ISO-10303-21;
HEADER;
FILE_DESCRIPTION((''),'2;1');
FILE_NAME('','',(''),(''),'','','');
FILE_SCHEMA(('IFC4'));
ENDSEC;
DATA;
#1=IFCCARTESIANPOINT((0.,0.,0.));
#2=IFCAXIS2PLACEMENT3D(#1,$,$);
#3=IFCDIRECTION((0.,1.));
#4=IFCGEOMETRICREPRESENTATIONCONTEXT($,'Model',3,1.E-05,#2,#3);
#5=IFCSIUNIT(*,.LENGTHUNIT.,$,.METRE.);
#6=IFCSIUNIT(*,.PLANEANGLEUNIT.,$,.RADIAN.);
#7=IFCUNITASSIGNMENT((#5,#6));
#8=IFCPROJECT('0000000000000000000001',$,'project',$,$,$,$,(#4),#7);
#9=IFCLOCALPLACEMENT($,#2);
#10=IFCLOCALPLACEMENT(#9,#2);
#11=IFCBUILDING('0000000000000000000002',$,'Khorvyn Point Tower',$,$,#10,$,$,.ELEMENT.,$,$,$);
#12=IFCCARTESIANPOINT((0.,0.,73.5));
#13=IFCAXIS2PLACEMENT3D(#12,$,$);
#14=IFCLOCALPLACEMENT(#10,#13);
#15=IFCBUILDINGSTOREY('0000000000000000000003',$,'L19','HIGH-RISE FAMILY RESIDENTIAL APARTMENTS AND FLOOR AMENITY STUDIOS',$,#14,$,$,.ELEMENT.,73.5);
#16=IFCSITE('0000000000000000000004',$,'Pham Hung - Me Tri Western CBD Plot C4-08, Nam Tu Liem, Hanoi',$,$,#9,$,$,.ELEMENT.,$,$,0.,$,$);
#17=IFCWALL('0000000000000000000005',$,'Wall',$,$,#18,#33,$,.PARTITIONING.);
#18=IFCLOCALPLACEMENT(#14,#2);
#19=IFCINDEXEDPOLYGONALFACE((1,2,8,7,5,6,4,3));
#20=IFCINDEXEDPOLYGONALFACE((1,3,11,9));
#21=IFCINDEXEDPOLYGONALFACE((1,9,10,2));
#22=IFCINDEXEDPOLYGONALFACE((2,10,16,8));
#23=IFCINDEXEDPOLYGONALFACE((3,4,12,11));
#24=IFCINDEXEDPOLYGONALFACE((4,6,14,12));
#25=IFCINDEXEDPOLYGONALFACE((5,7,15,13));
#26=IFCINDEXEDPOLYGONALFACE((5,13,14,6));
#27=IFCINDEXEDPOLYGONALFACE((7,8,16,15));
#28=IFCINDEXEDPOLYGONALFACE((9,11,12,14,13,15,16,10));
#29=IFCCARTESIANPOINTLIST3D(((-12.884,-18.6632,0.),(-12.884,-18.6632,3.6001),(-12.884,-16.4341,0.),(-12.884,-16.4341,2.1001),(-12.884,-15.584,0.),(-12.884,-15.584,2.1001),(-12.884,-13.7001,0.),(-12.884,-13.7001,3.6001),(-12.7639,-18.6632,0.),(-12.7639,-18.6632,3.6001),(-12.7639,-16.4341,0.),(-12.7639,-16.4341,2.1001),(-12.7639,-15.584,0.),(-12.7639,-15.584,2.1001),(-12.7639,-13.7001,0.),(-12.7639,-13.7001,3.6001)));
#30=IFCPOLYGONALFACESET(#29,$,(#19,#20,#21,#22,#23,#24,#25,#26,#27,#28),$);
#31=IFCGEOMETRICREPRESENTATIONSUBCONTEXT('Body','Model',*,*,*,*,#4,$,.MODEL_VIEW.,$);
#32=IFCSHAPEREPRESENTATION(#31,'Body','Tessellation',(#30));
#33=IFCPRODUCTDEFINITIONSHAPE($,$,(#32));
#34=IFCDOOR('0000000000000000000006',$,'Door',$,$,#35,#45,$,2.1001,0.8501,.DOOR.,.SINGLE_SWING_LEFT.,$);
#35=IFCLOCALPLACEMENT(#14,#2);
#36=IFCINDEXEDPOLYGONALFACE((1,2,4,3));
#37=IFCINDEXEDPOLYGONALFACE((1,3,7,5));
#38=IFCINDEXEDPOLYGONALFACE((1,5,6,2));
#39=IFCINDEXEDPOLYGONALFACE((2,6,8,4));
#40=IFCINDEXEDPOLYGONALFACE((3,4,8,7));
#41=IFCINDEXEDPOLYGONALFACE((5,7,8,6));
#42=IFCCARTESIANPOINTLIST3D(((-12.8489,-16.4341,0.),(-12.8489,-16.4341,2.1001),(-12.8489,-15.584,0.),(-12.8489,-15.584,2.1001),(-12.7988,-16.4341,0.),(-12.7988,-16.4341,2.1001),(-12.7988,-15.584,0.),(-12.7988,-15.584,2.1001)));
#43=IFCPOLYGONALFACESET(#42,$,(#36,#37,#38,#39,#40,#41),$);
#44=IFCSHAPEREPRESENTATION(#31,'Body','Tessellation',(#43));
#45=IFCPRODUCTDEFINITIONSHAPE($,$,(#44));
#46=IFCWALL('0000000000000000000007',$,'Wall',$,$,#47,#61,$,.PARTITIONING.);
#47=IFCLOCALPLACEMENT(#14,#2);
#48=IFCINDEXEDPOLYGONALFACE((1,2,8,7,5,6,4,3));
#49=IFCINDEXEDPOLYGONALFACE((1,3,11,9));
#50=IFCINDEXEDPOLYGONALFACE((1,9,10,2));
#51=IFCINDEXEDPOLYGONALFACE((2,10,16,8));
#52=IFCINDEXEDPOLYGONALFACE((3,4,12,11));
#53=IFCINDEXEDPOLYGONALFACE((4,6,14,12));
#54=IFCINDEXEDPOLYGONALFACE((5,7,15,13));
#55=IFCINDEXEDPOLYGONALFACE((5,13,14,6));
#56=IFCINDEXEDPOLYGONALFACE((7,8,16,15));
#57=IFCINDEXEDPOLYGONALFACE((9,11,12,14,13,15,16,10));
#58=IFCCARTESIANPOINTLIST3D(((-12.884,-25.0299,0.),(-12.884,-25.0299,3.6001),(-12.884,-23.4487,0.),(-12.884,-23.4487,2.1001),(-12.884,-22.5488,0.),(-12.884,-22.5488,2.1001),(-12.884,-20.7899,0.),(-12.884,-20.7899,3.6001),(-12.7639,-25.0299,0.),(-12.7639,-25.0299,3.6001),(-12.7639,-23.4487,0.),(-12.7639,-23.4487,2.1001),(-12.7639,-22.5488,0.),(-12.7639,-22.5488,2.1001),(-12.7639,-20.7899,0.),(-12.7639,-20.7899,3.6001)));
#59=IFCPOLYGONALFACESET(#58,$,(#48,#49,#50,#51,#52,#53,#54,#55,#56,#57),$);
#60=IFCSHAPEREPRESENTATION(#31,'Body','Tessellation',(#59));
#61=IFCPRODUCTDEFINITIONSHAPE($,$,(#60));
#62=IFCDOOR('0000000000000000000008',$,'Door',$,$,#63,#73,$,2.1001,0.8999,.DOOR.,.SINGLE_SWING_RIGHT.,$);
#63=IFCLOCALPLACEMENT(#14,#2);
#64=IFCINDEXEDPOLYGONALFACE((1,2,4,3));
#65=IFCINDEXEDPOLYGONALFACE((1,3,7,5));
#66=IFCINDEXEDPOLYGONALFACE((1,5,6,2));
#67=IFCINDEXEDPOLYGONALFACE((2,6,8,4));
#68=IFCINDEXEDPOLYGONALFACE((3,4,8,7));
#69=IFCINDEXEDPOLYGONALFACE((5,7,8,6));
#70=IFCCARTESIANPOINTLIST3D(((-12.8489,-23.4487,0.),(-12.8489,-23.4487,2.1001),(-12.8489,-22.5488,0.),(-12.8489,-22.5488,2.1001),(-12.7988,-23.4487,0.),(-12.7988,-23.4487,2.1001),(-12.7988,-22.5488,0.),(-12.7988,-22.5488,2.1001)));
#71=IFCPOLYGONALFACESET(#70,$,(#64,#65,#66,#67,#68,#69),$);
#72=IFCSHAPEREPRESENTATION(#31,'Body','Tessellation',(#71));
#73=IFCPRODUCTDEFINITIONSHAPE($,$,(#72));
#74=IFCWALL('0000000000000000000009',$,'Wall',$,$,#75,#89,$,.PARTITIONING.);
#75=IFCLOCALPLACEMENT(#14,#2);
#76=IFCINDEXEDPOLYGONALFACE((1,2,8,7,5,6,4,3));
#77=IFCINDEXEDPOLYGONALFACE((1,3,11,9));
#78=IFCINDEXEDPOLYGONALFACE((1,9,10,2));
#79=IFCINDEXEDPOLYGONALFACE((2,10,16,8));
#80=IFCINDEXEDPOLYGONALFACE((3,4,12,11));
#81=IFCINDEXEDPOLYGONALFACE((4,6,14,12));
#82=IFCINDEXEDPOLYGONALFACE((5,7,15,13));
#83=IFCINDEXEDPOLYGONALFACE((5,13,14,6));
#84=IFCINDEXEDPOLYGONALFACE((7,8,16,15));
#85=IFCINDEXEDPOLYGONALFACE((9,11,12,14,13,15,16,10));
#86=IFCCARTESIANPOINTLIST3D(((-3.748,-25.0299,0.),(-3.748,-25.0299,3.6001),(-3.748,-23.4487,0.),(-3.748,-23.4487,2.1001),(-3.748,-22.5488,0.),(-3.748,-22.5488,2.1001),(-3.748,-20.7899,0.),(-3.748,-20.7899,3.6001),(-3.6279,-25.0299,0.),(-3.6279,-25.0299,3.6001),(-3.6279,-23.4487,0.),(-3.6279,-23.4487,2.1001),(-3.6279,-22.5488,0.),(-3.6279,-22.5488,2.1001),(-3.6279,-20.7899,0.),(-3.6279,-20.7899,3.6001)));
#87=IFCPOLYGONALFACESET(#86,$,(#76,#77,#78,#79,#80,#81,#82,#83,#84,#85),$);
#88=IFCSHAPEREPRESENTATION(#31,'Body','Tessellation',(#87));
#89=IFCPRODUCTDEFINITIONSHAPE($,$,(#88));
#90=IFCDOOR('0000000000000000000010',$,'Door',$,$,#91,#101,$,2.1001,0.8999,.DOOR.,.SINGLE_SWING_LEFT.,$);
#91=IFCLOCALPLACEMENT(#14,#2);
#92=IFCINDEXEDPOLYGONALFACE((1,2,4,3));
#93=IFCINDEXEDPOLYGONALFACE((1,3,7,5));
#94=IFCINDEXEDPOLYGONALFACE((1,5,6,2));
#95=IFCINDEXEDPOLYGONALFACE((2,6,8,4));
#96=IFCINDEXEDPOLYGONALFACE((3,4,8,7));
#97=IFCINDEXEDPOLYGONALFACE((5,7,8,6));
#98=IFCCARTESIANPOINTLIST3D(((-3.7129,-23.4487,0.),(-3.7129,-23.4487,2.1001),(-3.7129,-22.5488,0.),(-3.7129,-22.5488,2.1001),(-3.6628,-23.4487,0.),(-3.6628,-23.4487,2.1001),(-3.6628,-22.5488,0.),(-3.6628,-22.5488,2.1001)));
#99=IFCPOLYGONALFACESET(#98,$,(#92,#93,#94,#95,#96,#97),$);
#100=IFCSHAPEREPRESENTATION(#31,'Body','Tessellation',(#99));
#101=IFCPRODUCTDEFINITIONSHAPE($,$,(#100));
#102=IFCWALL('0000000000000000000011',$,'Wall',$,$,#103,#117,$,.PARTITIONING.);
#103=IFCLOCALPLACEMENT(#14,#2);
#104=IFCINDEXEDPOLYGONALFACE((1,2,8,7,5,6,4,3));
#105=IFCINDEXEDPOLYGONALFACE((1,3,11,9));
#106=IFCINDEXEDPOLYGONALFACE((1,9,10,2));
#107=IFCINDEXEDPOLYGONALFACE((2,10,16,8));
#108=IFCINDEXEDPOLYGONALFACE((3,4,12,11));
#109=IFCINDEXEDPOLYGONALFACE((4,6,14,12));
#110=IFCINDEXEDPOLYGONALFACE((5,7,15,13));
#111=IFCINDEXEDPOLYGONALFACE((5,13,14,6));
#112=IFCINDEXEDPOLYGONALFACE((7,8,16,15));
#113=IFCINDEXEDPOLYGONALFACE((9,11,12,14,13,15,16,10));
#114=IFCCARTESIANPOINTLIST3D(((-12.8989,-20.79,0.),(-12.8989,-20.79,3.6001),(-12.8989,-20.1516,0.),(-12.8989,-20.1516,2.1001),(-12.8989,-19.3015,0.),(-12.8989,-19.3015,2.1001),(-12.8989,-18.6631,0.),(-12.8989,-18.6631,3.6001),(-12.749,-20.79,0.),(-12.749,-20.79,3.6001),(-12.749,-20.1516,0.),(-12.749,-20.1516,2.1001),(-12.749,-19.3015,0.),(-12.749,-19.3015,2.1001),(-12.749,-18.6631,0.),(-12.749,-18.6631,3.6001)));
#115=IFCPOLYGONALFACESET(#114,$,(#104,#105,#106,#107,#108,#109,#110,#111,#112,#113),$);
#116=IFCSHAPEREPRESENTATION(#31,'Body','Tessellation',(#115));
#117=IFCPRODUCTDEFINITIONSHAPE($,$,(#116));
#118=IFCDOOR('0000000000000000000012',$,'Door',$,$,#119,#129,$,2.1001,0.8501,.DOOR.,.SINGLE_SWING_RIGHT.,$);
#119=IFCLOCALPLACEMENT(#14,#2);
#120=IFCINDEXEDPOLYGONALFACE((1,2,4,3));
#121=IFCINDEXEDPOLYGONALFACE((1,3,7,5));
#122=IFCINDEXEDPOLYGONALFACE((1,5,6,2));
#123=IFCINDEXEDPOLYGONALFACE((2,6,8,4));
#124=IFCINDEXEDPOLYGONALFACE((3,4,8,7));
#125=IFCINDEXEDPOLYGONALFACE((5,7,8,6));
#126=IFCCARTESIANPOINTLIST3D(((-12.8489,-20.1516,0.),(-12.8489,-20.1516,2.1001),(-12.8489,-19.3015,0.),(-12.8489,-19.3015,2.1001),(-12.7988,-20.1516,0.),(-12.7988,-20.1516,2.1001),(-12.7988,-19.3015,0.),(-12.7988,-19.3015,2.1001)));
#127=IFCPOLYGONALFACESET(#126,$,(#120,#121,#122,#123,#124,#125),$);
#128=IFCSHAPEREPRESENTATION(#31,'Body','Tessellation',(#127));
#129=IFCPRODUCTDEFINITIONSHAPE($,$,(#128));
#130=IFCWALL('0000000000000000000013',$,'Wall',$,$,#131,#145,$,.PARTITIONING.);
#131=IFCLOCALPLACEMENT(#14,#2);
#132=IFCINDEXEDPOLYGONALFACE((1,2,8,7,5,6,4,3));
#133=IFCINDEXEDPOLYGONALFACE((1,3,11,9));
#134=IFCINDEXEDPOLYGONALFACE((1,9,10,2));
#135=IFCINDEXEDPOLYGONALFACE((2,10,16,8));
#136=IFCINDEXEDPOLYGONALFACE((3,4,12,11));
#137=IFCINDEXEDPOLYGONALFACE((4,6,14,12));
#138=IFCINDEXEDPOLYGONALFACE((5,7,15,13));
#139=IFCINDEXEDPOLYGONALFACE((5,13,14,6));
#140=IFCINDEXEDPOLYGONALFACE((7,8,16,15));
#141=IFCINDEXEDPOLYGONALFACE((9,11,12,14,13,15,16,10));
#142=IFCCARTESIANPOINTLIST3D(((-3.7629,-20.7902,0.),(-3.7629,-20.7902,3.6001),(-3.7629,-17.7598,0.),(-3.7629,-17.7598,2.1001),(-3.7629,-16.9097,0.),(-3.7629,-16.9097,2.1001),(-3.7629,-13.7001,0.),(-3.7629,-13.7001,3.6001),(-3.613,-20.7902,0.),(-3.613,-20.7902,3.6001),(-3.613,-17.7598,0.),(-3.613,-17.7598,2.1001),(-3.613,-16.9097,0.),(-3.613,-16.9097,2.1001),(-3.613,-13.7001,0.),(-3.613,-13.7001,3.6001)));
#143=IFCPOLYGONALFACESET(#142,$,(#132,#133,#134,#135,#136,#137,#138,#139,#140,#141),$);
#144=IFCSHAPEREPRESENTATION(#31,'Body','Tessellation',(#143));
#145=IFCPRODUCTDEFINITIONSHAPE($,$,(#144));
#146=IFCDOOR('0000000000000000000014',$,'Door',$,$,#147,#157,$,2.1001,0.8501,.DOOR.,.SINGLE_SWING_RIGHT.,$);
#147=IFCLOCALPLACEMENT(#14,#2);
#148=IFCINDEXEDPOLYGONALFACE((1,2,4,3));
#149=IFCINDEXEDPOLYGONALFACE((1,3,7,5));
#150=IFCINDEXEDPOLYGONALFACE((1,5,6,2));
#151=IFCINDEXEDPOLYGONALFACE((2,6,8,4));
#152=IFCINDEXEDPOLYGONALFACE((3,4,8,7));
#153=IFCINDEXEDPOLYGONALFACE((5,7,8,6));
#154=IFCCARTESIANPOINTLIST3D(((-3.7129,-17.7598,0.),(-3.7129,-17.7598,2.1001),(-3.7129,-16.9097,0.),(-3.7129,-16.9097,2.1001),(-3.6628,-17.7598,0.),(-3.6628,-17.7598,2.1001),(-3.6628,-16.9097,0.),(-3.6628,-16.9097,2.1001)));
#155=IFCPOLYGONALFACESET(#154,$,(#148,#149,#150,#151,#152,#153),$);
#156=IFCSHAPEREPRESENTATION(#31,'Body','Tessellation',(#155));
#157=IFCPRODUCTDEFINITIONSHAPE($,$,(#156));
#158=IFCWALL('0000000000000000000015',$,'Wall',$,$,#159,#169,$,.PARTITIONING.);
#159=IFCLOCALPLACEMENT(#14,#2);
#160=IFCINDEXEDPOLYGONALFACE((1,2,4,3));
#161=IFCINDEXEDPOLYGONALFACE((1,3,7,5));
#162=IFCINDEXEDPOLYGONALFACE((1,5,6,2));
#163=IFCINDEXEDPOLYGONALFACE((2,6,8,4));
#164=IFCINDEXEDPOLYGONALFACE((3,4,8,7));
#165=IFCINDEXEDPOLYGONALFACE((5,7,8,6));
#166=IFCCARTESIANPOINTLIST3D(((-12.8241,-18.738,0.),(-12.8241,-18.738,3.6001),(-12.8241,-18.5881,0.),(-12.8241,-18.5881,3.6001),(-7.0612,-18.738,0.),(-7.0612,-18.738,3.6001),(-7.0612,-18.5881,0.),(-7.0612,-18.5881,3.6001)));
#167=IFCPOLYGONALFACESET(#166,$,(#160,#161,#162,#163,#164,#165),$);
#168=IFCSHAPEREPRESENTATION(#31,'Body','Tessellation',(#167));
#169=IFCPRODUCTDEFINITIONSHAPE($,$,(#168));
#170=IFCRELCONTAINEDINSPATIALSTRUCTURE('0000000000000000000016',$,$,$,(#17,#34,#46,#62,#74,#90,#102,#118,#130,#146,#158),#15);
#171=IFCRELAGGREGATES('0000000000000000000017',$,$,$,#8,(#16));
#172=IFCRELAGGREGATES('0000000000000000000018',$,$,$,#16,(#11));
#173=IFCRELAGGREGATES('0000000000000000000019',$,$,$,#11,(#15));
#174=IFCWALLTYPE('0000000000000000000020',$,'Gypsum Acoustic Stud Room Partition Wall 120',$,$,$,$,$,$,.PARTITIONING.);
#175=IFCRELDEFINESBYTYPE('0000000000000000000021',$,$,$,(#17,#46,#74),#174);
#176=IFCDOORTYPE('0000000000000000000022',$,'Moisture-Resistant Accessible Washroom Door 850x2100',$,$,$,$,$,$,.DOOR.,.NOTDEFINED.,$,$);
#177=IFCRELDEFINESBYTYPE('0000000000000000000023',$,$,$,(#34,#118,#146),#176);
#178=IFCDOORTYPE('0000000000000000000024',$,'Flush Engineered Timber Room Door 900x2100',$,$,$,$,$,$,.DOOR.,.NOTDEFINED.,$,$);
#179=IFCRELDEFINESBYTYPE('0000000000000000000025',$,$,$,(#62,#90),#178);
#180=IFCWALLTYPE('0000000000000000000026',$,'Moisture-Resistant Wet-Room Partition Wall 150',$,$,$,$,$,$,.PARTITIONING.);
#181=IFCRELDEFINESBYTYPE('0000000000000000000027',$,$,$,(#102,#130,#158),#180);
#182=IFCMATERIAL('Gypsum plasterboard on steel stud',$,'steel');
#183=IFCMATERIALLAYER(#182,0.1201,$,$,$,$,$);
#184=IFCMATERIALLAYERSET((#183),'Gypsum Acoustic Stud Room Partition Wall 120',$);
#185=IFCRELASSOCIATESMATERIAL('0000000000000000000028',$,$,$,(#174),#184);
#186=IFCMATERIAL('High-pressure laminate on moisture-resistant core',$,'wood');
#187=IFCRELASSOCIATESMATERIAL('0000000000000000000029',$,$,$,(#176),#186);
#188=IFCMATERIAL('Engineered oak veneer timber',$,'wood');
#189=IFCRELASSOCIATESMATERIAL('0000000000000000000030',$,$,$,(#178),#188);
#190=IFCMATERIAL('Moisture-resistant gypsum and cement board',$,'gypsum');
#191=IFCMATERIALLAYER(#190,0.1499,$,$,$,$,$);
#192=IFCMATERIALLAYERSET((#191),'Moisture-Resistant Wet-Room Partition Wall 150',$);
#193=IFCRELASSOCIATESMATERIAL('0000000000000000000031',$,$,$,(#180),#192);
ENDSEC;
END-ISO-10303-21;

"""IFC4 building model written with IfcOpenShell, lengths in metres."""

from ifc_helpers import new_model, si_unit, direction, frame, frame_2d, origin, place, context, subcontext, project, spatial, rectangle, extrude, material, layer, layer_set, type_object, element, fill, save


model = new_model("IFC4")

# Units and contexts
model_context = context("Model", 3, precision=1e-05, world=origin(), true_north=direction((0.0, 1.0)))
body_context = subcontext(model_context, "Body", "Model", "MODEL_VIEW")
ifc_project = project(units=[si_unit("LENGTHUNIT", "METRE"), si_unit("PLANEANGLEUNIT", "RADIAN")], contexts=[model_context])

# Site, building, storey
site_placement = place(None, origin())
site = spatial("IfcSite", under=ifc_project, at=site_placement, Name="Pham Hung - Me Tri Western CBD Plot C4-08, Nam Tu Liem, Hanoi", CompositionType="ELEMENT", RefElevation=0.0)
building_placement = place(site_placement, origin())
building = spatial("IfcBuilding", under=site, at=building_placement, Name="Khorvyn Point Tower", CompositionType="ELEMENT")
storey_placement = place(building_placement, frame((0.0, 0.0, 73.5)))
storey = spatial("IfcBuildingStorey", under=building, at=storey_placement, Name="L19", Description="HIGH-RISE FAMILY RESIDENTIAL APARTMENTS AND FLOOR AMENITY STUDIOS", CompositionType="ELEMENT", Elevation=73.5)

# Walls, openings, doors
ifc_material_1 = material(Name="Gypsum plasterboard on steel stud", Category="steel")
ifc_layer_1 = layer(ifc_material_1, 0.1201)
ifc_layer_set_1 = layer_set([ifc_layer_1], Name="Gypsum Acoustic Stud Room Partition Wall 120")
wall_type_1 = type_object("IfcWallType", Name="Gypsum Acoustic Stud Room Partition Wall 120", PredefinedType="PARTITIONING", material=ifc_layer_set_1)
wall_1_placement = place(storey_placement, frame((-12.824, -18.6631, 0.0), z_axis=(0.0, 0.0, 1.0), x_axis=(0.0, 1.0, 0.0)))
wall_1 = element("IfcWall", 1, at=wall_1_placement, inside=storey, type_object=wall_type_1, Name="Wall", PredefinedType="PARTITIONING", context=body_context, shape_type="SweptSolid", body=[
    extrude(rectangle(XDim=4.9631, YDim=0.1201, at=frame_2d((2.4814, 0.0))), origin(), (0.0, 0.0, 1.0), 3.6001),
])
opening_1_placement = place(wall_1_placement, frame((2.229, 0.0, 0.0)))
opening_1 = element("IfcOpeningElement", 2, at=opening_1_placement, cuts=wall_1, PredefinedType="OPENING", context=body_context, shape_type="SweptSolid", body=[
    extrude(rectangle(XDim=0.8501, YDim=2.1001, at=frame_2d((0.425, 1.05))), frame((0.0, 0.0701, 0.0), z_axis=(0.0, -1.0, 0.0), x_axis=(1.0, 0.0, 0.0)), (0.0, 0.0, 1.0), 0.1401),
])
ifc_material_2 = material(Name="High-pressure laminate on moisture-resistant core", Category="wood")
door_type_1 = type_object("IfcDoorType", Name="Moisture-Resistant Accessible Washroom Door 850x2100", OperationType="NOTDEFINED", PredefinedType="DOOR", material=ifc_material_2)
door_1_placement = place(opening_1_placement, origin())
door_1 = element("IfcDoor", 3, at=door_1_placement, inside=storey, type_object=door_type_1, Name="Door", OperationType="SINGLE_SWING_LEFT", OverallHeight=2.1001, OverallWidth=0.8501, PredefinedType="DOOR", context=body_context, shape_type="SweptSolid", body=[
    extrude(rectangle(XDim=0.8501, YDim=2.1001, at=frame_2d((0.425, 1.05))), frame((0.0, 0.0249, 0.0), z_axis=(0.0, -1.0, 0.0), x_axis=(1.0, 0.0, 0.0)), (0.0, 0.0, 1.0), 0.05),
])
fill(opening_1, door_1)
wall_2_placement = place(storey_placement, frame((-12.824, -25.03, 0.0), z_axis=(0.0, 0.0, 1.0), x_axis=(0.0, 1.0, 0.0)))
wall_2 = element("IfcWall", 4, at=wall_2_placement, inside=storey, type_object=wall_type_1, Name="Wall", PredefinedType="PARTITIONING", context=body_context, shape_type="SweptSolid", body=[
    extrude(rectangle(XDim=4.24, YDim=0.1201, at=frame_2d((2.1201, 0.0))), origin(), (0.0, 0.0, 1.0), 3.6001),
])
opening_2_placement = place(wall_2_placement, frame((1.5813, 0.0, 0.0)))
opening_2 = element("IfcOpeningElement", 5, at=opening_2_placement, cuts=wall_2, PredefinedType="OPENING", context=body_context, shape_type="SweptSolid", body=[
    extrude(rectangle(XDim=0.8999, YDim=2.1001, at=frame_2d((0.45, 1.05))), frame((0.0, 0.0701, 0.0), z_axis=(0.0, -1.0, 0.0), x_axis=(1.0, 0.0, 0.0)), (0.0, 0.0, 1.0), 0.1401),
])
ifc_material_3 = material(Name="Engineered oak veneer timber", Category="wood")
door_type_2 = type_object("IfcDoorType", Name="Flush Engineered Timber Room Door 900x2100", OperationType="NOTDEFINED", PredefinedType="DOOR", material=ifc_material_3)
door_2_placement = place(opening_2_placement, origin())
door_2 = element("IfcDoor", 6, at=door_2_placement, inside=storey, type_object=door_type_2, Name="Door", OperationType="SINGLE_SWING_RIGHT", OverallHeight=2.1001, OverallWidth=0.8999, PredefinedType="DOOR", context=body_context, shape_type="SweptSolid", body=[
    extrude(rectangle(XDim=0.8999, YDim=2.1001, at=frame_2d((0.45, 1.05))), frame((0.0, 0.0249, 0.0), z_axis=(0.0, -1.0, 0.0), x_axis=(1.0, 0.0, 0.0)), (0.0, 0.0, 1.0), 0.05),
])
fill(opening_2, door_2)
wall_3_placement = place(storey_placement, frame((-3.688, -25.03, 0.0), z_axis=(0.0, 0.0, 1.0), x_axis=(0.0, 1.0, 0.0)))
wall_3 = element("IfcWall", 7, at=wall_3_placement, inside=storey, type_object=wall_type_1, Name="Wall", PredefinedType="PARTITIONING", context=body_context, shape_type="SweptSolid", body=[
    extrude(rectangle(XDim=4.24, YDim=0.1201, at=frame_2d((2.1201, 0.0))), origin(), (0.0, 0.0, 1.0), 3.6001),
])
opening_3_placement = place(wall_3_placement, frame((1.5813, 0.0, 0.0)))
opening_3 = element("IfcOpeningElement", 8, at=opening_3_placement, cuts=wall_3, PredefinedType="OPENING", context=body_context, shape_type="SweptSolid", body=[
    extrude(rectangle(XDim=0.8999, YDim=2.1001, at=frame_2d((0.45, 1.05))), frame((0.0, 0.0701, 0.0), z_axis=(0.0, -1.0, 0.0), x_axis=(1.0, 0.0, 0.0)), (0.0, 0.0, 1.0), 0.1401),
])
door_3_placement = place(opening_3_placement, origin())
door_3 = element("IfcDoor", 9, at=door_3_placement, inside=storey, type_object=door_type_2, Name="Door", OperationType="SINGLE_SWING_LEFT", OverallHeight=2.1001, OverallWidth=0.8999, PredefinedType="DOOR", context=body_context, shape_type="SweptSolid", body=[
    extrude(rectangle(XDim=0.8999, YDim=2.1001, at=frame_2d((0.45, 1.05))), frame((0.0, 0.0249, 0.0), z_axis=(0.0, -1.0, 0.0), x_axis=(1.0, 0.0, 0.0)), (0.0, 0.0, 1.0), 0.05),
])
fill(opening_3, door_3)
ifc_material_4 = material(Name="Moisture-resistant gypsum and cement board", Category="gypsum")
ifc_layer_2 = layer(ifc_material_4, 0.1499)
ifc_layer_set_2 = layer_set([ifc_layer_2], Name="Moisture-Resistant Wet-Room Partition Wall 150")
wall_type_2 = type_object("IfcWallType", Name="Moisture-Resistant Wet-Room Partition Wall 150", PredefinedType="PARTITIONING", material=ifc_layer_set_2)
wall_4_placement = place(storey_placement, frame((-12.824, -20.79, 0.0), z_axis=(0.0, 0.0, 1.0), x_axis=(0.0, 1.0, 0.0)))
wall_4 = element("IfcWall", 10, at=wall_4_placement, inside=storey, type_object=wall_type_2, Name="Wall", PredefinedType="PARTITIONING", context=body_context, shape_type="SweptSolid", body=[
    extrude(rectangle(XDim=2.127, YDim=0.1499, at=frame_2d((1.0635, 0.0))), origin(), (0.0, 0.0, 1.0), 3.6001),
])
opening_4_placement = place(wall_4_placement, frame((0.6384, 0.0, 0.0)))
opening_4 = element("IfcOpeningElement", 11, at=opening_4_placement, cuts=wall_4, PredefinedType="OPENING", context=body_context, shape_type="SweptSolid", body=[
    extrude(rectangle(XDim=0.8501, YDim=2.1001, at=frame_2d((0.425, 1.05))), frame((0.0, 0.085, 0.0), z_axis=(0.0, -1.0, 0.0), x_axis=(1.0, 0.0, 0.0)), (0.0, 0.0, 1.0), 0.1699),
])
door_4_placement = place(opening_4_placement, origin())
door_4 = element("IfcDoor", 12, at=door_4_placement, inside=storey, type_object=door_type_1, Name="Door", OperationType="SINGLE_SWING_RIGHT", OverallHeight=2.1001, OverallWidth=0.8501, PredefinedType="DOOR", context=body_context, shape_type="SweptSolid", body=[
    extrude(rectangle(XDim=0.8501, YDim=2.1001, at=frame_2d((0.425, 1.05))), frame((0.0, 0.0249, 0.0), z_axis=(0.0, -1.0, 0.0), x_axis=(1.0, 0.0, 0.0)), (0.0, 0.0, 1.0), 0.05),
])
fill(opening_4, door_4)
wall_5_placement = place(storey_placement, frame((-3.688, -20.79, 0.0), z_axis=(0.0, 0.0, 1.0), x_axis=(0.0, 1.0, 0.0)))
wall_5 = element("IfcWall", 13, at=wall_5_placement, inside=storey, type_object=wall_type_2, Name="Wall", PredefinedType="PARTITIONING", context=body_context, shape_type="SweptSolid", body=[
    extrude(rectangle(XDim=7.0901, YDim=0.1499, at=frame_2d((3.5449, 0.0))), origin(), (0.0, 0.0, 1.0), 3.6001),
])
opening_5_placement = place(wall_5_placement, frame((3.0303, 0.0, 0.0)))
opening_5 = element("IfcOpeningElement", 14, at=opening_5_placement, cuts=wall_5, PredefinedType="OPENING", context=body_context, shape_type="SweptSolid", body=[
    extrude(rectangle(XDim=0.8501, YDim=2.1001, at=frame_2d((0.425, 1.05))), frame((0.0, 0.085, 0.0), z_axis=(0.0, -1.0, 0.0), x_axis=(1.0, 0.0, 0.0)), (0.0, 0.0, 1.0), 0.1699),
])
door_5_placement = place(opening_5_placement, origin())
door_5 = element("IfcDoor", 15, at=door_5_placement, inside=storey, type_object=door_type_1, Name="Door", OperationType="SINGLE_SWING_RIGHT", OverallHeight=2.1001, OverallWidth=0.8501, PredefinedType="DOOR", context=body_context, shape_type="SweptSolid", body=[
    extrude(rectangle(XDim=0.8501, YDim=2.1001, at=frame_2d((0.425, 1.05))), frame((0.0, 0.0249, 0.0), z_axis=(0.0, -1.0, 0.0), x_axis=(1.0, 0.0, 0.0)), (0.0, 0.0, 1.0), 0.05),
])
fill(opening_5, door_5)

# Wall
for number, where, z_axis, x_axis, name in (
    (16, (-12.824, -18.6631, 0.0), (0.0, 0.0, 1.0), (1.0, 0.0, 0.0), "Wall"),
):
    element("IfcWall", number, at=place(storey_placement, frame(where, z_axis=z_axis, x_axis=x_axis)), inside=storey, type_object=wall_type_2, Name=name, PredefinedType="PARTITIONING", context=body_context, shape_type="SweptSolid", body=[
        extrude(rectangle(XDim=5.7629, YDim=0.1499, at=frame_2d((2.8813, 0.0))), origin(), (0.0, 0.0, 1.0), 3.6001),
    ])

save(model, "model.ifc")
